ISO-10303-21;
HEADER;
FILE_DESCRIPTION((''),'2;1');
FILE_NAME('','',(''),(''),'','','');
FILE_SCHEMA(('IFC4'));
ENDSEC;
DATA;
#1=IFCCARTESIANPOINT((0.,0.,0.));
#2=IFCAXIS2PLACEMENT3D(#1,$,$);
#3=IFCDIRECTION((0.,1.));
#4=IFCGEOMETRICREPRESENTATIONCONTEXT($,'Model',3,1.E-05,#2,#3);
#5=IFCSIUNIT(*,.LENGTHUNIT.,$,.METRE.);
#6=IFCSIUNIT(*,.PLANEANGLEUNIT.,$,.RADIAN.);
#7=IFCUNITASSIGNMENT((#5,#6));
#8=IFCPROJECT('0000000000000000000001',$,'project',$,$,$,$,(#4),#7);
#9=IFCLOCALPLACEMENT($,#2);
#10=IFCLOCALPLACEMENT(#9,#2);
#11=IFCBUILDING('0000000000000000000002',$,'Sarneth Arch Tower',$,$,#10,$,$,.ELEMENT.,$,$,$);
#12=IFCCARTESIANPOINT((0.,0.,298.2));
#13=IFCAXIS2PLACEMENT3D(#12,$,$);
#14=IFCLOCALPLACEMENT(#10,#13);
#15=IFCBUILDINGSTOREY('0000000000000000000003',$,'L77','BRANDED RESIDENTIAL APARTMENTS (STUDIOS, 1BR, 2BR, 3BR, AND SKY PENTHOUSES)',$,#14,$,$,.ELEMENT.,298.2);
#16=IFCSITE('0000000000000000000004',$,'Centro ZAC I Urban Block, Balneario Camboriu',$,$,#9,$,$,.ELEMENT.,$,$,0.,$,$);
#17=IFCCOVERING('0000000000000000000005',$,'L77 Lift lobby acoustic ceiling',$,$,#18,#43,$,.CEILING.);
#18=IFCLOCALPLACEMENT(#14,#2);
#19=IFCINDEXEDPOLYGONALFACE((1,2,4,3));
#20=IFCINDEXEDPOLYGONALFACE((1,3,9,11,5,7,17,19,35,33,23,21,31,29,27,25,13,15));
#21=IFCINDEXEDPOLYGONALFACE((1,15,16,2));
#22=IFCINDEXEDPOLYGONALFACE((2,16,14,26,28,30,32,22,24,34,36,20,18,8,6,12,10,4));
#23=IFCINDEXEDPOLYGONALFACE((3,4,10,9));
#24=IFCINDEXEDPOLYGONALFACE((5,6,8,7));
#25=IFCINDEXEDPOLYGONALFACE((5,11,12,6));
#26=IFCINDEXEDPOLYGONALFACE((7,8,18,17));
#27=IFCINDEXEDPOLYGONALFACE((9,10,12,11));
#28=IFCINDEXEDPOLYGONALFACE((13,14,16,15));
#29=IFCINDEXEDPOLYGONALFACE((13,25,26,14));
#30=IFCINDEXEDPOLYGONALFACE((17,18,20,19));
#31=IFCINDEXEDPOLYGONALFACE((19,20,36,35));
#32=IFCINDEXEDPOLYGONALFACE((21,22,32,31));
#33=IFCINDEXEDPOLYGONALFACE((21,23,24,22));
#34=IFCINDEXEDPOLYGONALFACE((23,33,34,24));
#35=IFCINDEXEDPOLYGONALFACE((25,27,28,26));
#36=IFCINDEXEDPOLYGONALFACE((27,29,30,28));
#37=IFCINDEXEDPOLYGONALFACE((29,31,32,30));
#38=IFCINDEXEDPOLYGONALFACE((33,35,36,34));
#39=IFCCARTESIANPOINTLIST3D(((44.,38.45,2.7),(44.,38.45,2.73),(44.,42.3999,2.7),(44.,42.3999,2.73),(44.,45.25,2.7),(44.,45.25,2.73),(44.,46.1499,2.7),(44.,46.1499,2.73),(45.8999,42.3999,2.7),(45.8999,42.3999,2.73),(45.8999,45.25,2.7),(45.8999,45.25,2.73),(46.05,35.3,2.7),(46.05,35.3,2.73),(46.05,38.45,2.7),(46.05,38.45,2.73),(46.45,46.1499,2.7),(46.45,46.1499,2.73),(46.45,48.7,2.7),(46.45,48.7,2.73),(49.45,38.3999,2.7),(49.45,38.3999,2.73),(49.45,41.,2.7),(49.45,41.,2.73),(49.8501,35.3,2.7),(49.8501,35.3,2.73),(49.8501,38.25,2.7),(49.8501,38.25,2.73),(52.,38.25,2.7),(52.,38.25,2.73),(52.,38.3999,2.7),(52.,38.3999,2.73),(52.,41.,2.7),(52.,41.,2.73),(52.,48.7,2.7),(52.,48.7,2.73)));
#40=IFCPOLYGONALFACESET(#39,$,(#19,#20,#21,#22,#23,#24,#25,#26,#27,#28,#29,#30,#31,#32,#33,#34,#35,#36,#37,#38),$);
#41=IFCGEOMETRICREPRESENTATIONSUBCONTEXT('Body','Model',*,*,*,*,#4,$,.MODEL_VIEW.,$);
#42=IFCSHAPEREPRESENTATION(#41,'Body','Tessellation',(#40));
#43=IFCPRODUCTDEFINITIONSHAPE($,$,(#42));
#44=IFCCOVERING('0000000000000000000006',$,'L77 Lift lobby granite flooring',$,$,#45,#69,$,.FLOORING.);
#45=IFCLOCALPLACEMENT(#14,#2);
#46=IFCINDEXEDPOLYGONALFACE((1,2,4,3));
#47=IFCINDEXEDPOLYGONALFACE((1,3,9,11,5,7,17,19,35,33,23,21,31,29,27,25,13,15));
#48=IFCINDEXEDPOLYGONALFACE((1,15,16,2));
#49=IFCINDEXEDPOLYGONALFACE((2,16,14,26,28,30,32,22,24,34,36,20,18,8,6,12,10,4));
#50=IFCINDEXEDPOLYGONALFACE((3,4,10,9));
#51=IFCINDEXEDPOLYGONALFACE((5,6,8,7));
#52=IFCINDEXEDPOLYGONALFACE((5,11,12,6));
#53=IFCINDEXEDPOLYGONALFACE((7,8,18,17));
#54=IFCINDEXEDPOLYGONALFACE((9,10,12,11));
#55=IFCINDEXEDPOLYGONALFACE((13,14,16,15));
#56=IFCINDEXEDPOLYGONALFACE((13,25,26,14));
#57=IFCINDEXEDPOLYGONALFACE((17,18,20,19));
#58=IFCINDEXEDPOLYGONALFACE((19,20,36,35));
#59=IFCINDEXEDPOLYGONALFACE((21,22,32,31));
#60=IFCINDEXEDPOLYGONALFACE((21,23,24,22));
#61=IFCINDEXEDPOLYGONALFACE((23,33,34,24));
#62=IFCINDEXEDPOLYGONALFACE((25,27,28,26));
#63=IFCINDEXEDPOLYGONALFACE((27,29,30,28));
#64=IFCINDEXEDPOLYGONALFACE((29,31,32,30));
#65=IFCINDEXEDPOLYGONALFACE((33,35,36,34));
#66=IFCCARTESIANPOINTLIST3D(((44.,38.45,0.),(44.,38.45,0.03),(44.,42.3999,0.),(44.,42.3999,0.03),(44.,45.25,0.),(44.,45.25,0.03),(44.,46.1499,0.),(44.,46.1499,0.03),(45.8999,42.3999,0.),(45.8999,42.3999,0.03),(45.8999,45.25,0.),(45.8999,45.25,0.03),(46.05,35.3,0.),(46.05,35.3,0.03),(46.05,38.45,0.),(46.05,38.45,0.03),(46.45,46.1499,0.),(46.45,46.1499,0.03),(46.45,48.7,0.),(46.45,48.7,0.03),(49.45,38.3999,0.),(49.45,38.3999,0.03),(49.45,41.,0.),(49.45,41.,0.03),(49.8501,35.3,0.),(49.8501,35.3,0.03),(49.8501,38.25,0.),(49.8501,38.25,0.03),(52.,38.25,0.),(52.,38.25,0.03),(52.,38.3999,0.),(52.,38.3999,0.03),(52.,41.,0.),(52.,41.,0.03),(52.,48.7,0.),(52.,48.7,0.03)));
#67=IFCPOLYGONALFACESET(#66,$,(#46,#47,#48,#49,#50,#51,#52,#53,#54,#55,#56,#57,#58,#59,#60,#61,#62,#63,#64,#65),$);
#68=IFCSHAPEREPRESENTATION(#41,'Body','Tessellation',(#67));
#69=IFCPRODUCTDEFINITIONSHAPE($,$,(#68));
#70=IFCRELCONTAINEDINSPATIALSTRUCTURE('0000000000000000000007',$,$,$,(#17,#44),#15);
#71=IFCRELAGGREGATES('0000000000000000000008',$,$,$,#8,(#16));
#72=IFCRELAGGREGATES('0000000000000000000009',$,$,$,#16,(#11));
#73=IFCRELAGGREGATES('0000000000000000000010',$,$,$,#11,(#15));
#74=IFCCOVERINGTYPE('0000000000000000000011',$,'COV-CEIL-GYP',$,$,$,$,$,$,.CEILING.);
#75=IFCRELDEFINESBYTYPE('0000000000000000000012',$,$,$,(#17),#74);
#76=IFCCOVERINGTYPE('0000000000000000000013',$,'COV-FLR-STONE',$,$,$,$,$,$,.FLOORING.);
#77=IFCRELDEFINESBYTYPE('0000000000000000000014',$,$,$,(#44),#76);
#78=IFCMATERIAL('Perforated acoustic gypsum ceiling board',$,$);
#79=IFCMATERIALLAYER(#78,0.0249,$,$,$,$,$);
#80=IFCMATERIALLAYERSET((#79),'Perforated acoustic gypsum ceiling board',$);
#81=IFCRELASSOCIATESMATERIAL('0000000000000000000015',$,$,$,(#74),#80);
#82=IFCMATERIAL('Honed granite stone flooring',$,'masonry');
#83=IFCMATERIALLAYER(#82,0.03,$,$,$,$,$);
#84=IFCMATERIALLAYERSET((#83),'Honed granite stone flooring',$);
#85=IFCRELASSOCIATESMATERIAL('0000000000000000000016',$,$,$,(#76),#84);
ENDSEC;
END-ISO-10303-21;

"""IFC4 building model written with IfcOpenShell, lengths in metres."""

from ifc_helpers import new_model, si_unit, direction, frame, origin, place, context, subcontext, project, spatial, polyline, outline, extrude, material, layer, layer_set, type_object, element, save


model = new_model("IFC4")

# Units and contexts
model_context = context("Model", 3, precision=1e-05, world=origin(), true_north=direction((0.0, 1.0)))
body_context = subcontext(model_context, "Body", "Model", "MODEL_VIEW")
ifc_project = project(units=[si_unit("LENGTHUNIT", "METRE"), si_unit("PLANEANGLEUNIT", "RADIAN")], contexts=[model_context])

# Site, building, storey
site_placement = place(None, origin())
site = spatial("IfcSite", under=ifc_project, at=site_placement, Name="Centro ZAC I Urban Block, Balneario Camboriu", CompositionType="ELEMENT", RefElevation=0.0)
building_placement = place(site_placement, origin())
building = spatial("IfcBuilding", under=site, at=building_placement, Name="Sarneth Arch Tower", CompositionType="ELEMENT")
storey_placement = place(building_placement, frame((0.0, 0.0, 298.2)))
storey = spatial("IfcBuildingStorey", under=building, at=storey_placement, Name="L77", Description="BRANDED RESIDENTIAL APARTMENTS (STUDIOS, 1BR, 2BR, 3BR, AND SKY PENTHOUSES)", CompositionType="ELEMENT", Elevation=298.2)

# Coverings
ifc_material_1 = material(Name="Perforated acoustic gypsum ceiling board")
ifc_layer_1 = layer(ifc_material_1, 0.0249)
ifc_layer_set_1 = layer_set([ifc_layer_1], Name="Perforated acoustic gypsum ceiling board")
covering_type_1 = type_object("IfcCoveringType", Name="COV-CEIL-GYP", PredefinedType="CEILING", material=ifc_layer_set_1)
covering_1_placement = place(storey_placement, frame((0.0, 0.0, 2.7)))
element("IfcCovering", 1, at=covering_1_placement, inside=storey, type_object=covering_type_1, Name="L77 Lift lobby acoustic ceiling", PredefinedType="CEILING", context=body_context, shape_type="SweptSolid", body=[
    extrude(outline(polyline([(49.45, 41.0), (49.45, 38.3999), (52.0, 38.3999), (52.0, 38.25), (49.8501, 38.25), (49.8501, 35.3), (46.05, 35.3), (46.05, 38.45), (44.0, 38.45), (44.0, 42.3999), (45.8999, 42.3999), (45.8999, 45.25), (44.0, 45.25), (44.0, 46.1499), (46.45, 46.1499), (46.45, 48.7), (52.0, 48.7), (52.0, 41.0), (49.45, 41.0)])), origin(), (0.0, 0.0, 1.0), 0.03),
])
ifc_material_2 = material(Name="Honed granite stone flooring", Category="masonry")
ifc_layer_2 = layer(ifc_material_2, 0.03)
ifc_layer_set_2 = layer_set([ifc_layer_2], Name="Honed granite stone flooring")
covering_type_2 = type_object("IfcCoveringType", Name="COV-FLR-STONE", PredefinedType="FLOORING", material=ifc_layer_set_2)
covering_2_placement = place(storey_placement, origin())
element("IfcCovering", 2, at=covering_2_placement, inside=storey, type_object=covering_type_2, Name="L77 Lift lobby granite flooring", PredefinedType="FLOORING", context=body_context, shape_type="SweptSolid", body=[
    extrude(outline(polyline([(49.45, 41.0), (49.45, 38.3999), (52.0, 38.3999), (52.0, 38.25), (49.8501, 38.25), (49.8501, 35.3), (46.05, 35.3), (46.05, 38.45), (44.0, 38.45), (44.0, 42.3999), (45.8999, 42.3999), (45.8999, 45.25), (44.0, 45.25), (44.0, 46.1499), (46.45, 46.1499), (46.45, 48.7), (52.0, 48.7), (52.0, 41.0), (49.45, 41.0)])), origin(), (0.0, 0.0, 1.0), 0.03),
])

save(model, "model.ifc")
